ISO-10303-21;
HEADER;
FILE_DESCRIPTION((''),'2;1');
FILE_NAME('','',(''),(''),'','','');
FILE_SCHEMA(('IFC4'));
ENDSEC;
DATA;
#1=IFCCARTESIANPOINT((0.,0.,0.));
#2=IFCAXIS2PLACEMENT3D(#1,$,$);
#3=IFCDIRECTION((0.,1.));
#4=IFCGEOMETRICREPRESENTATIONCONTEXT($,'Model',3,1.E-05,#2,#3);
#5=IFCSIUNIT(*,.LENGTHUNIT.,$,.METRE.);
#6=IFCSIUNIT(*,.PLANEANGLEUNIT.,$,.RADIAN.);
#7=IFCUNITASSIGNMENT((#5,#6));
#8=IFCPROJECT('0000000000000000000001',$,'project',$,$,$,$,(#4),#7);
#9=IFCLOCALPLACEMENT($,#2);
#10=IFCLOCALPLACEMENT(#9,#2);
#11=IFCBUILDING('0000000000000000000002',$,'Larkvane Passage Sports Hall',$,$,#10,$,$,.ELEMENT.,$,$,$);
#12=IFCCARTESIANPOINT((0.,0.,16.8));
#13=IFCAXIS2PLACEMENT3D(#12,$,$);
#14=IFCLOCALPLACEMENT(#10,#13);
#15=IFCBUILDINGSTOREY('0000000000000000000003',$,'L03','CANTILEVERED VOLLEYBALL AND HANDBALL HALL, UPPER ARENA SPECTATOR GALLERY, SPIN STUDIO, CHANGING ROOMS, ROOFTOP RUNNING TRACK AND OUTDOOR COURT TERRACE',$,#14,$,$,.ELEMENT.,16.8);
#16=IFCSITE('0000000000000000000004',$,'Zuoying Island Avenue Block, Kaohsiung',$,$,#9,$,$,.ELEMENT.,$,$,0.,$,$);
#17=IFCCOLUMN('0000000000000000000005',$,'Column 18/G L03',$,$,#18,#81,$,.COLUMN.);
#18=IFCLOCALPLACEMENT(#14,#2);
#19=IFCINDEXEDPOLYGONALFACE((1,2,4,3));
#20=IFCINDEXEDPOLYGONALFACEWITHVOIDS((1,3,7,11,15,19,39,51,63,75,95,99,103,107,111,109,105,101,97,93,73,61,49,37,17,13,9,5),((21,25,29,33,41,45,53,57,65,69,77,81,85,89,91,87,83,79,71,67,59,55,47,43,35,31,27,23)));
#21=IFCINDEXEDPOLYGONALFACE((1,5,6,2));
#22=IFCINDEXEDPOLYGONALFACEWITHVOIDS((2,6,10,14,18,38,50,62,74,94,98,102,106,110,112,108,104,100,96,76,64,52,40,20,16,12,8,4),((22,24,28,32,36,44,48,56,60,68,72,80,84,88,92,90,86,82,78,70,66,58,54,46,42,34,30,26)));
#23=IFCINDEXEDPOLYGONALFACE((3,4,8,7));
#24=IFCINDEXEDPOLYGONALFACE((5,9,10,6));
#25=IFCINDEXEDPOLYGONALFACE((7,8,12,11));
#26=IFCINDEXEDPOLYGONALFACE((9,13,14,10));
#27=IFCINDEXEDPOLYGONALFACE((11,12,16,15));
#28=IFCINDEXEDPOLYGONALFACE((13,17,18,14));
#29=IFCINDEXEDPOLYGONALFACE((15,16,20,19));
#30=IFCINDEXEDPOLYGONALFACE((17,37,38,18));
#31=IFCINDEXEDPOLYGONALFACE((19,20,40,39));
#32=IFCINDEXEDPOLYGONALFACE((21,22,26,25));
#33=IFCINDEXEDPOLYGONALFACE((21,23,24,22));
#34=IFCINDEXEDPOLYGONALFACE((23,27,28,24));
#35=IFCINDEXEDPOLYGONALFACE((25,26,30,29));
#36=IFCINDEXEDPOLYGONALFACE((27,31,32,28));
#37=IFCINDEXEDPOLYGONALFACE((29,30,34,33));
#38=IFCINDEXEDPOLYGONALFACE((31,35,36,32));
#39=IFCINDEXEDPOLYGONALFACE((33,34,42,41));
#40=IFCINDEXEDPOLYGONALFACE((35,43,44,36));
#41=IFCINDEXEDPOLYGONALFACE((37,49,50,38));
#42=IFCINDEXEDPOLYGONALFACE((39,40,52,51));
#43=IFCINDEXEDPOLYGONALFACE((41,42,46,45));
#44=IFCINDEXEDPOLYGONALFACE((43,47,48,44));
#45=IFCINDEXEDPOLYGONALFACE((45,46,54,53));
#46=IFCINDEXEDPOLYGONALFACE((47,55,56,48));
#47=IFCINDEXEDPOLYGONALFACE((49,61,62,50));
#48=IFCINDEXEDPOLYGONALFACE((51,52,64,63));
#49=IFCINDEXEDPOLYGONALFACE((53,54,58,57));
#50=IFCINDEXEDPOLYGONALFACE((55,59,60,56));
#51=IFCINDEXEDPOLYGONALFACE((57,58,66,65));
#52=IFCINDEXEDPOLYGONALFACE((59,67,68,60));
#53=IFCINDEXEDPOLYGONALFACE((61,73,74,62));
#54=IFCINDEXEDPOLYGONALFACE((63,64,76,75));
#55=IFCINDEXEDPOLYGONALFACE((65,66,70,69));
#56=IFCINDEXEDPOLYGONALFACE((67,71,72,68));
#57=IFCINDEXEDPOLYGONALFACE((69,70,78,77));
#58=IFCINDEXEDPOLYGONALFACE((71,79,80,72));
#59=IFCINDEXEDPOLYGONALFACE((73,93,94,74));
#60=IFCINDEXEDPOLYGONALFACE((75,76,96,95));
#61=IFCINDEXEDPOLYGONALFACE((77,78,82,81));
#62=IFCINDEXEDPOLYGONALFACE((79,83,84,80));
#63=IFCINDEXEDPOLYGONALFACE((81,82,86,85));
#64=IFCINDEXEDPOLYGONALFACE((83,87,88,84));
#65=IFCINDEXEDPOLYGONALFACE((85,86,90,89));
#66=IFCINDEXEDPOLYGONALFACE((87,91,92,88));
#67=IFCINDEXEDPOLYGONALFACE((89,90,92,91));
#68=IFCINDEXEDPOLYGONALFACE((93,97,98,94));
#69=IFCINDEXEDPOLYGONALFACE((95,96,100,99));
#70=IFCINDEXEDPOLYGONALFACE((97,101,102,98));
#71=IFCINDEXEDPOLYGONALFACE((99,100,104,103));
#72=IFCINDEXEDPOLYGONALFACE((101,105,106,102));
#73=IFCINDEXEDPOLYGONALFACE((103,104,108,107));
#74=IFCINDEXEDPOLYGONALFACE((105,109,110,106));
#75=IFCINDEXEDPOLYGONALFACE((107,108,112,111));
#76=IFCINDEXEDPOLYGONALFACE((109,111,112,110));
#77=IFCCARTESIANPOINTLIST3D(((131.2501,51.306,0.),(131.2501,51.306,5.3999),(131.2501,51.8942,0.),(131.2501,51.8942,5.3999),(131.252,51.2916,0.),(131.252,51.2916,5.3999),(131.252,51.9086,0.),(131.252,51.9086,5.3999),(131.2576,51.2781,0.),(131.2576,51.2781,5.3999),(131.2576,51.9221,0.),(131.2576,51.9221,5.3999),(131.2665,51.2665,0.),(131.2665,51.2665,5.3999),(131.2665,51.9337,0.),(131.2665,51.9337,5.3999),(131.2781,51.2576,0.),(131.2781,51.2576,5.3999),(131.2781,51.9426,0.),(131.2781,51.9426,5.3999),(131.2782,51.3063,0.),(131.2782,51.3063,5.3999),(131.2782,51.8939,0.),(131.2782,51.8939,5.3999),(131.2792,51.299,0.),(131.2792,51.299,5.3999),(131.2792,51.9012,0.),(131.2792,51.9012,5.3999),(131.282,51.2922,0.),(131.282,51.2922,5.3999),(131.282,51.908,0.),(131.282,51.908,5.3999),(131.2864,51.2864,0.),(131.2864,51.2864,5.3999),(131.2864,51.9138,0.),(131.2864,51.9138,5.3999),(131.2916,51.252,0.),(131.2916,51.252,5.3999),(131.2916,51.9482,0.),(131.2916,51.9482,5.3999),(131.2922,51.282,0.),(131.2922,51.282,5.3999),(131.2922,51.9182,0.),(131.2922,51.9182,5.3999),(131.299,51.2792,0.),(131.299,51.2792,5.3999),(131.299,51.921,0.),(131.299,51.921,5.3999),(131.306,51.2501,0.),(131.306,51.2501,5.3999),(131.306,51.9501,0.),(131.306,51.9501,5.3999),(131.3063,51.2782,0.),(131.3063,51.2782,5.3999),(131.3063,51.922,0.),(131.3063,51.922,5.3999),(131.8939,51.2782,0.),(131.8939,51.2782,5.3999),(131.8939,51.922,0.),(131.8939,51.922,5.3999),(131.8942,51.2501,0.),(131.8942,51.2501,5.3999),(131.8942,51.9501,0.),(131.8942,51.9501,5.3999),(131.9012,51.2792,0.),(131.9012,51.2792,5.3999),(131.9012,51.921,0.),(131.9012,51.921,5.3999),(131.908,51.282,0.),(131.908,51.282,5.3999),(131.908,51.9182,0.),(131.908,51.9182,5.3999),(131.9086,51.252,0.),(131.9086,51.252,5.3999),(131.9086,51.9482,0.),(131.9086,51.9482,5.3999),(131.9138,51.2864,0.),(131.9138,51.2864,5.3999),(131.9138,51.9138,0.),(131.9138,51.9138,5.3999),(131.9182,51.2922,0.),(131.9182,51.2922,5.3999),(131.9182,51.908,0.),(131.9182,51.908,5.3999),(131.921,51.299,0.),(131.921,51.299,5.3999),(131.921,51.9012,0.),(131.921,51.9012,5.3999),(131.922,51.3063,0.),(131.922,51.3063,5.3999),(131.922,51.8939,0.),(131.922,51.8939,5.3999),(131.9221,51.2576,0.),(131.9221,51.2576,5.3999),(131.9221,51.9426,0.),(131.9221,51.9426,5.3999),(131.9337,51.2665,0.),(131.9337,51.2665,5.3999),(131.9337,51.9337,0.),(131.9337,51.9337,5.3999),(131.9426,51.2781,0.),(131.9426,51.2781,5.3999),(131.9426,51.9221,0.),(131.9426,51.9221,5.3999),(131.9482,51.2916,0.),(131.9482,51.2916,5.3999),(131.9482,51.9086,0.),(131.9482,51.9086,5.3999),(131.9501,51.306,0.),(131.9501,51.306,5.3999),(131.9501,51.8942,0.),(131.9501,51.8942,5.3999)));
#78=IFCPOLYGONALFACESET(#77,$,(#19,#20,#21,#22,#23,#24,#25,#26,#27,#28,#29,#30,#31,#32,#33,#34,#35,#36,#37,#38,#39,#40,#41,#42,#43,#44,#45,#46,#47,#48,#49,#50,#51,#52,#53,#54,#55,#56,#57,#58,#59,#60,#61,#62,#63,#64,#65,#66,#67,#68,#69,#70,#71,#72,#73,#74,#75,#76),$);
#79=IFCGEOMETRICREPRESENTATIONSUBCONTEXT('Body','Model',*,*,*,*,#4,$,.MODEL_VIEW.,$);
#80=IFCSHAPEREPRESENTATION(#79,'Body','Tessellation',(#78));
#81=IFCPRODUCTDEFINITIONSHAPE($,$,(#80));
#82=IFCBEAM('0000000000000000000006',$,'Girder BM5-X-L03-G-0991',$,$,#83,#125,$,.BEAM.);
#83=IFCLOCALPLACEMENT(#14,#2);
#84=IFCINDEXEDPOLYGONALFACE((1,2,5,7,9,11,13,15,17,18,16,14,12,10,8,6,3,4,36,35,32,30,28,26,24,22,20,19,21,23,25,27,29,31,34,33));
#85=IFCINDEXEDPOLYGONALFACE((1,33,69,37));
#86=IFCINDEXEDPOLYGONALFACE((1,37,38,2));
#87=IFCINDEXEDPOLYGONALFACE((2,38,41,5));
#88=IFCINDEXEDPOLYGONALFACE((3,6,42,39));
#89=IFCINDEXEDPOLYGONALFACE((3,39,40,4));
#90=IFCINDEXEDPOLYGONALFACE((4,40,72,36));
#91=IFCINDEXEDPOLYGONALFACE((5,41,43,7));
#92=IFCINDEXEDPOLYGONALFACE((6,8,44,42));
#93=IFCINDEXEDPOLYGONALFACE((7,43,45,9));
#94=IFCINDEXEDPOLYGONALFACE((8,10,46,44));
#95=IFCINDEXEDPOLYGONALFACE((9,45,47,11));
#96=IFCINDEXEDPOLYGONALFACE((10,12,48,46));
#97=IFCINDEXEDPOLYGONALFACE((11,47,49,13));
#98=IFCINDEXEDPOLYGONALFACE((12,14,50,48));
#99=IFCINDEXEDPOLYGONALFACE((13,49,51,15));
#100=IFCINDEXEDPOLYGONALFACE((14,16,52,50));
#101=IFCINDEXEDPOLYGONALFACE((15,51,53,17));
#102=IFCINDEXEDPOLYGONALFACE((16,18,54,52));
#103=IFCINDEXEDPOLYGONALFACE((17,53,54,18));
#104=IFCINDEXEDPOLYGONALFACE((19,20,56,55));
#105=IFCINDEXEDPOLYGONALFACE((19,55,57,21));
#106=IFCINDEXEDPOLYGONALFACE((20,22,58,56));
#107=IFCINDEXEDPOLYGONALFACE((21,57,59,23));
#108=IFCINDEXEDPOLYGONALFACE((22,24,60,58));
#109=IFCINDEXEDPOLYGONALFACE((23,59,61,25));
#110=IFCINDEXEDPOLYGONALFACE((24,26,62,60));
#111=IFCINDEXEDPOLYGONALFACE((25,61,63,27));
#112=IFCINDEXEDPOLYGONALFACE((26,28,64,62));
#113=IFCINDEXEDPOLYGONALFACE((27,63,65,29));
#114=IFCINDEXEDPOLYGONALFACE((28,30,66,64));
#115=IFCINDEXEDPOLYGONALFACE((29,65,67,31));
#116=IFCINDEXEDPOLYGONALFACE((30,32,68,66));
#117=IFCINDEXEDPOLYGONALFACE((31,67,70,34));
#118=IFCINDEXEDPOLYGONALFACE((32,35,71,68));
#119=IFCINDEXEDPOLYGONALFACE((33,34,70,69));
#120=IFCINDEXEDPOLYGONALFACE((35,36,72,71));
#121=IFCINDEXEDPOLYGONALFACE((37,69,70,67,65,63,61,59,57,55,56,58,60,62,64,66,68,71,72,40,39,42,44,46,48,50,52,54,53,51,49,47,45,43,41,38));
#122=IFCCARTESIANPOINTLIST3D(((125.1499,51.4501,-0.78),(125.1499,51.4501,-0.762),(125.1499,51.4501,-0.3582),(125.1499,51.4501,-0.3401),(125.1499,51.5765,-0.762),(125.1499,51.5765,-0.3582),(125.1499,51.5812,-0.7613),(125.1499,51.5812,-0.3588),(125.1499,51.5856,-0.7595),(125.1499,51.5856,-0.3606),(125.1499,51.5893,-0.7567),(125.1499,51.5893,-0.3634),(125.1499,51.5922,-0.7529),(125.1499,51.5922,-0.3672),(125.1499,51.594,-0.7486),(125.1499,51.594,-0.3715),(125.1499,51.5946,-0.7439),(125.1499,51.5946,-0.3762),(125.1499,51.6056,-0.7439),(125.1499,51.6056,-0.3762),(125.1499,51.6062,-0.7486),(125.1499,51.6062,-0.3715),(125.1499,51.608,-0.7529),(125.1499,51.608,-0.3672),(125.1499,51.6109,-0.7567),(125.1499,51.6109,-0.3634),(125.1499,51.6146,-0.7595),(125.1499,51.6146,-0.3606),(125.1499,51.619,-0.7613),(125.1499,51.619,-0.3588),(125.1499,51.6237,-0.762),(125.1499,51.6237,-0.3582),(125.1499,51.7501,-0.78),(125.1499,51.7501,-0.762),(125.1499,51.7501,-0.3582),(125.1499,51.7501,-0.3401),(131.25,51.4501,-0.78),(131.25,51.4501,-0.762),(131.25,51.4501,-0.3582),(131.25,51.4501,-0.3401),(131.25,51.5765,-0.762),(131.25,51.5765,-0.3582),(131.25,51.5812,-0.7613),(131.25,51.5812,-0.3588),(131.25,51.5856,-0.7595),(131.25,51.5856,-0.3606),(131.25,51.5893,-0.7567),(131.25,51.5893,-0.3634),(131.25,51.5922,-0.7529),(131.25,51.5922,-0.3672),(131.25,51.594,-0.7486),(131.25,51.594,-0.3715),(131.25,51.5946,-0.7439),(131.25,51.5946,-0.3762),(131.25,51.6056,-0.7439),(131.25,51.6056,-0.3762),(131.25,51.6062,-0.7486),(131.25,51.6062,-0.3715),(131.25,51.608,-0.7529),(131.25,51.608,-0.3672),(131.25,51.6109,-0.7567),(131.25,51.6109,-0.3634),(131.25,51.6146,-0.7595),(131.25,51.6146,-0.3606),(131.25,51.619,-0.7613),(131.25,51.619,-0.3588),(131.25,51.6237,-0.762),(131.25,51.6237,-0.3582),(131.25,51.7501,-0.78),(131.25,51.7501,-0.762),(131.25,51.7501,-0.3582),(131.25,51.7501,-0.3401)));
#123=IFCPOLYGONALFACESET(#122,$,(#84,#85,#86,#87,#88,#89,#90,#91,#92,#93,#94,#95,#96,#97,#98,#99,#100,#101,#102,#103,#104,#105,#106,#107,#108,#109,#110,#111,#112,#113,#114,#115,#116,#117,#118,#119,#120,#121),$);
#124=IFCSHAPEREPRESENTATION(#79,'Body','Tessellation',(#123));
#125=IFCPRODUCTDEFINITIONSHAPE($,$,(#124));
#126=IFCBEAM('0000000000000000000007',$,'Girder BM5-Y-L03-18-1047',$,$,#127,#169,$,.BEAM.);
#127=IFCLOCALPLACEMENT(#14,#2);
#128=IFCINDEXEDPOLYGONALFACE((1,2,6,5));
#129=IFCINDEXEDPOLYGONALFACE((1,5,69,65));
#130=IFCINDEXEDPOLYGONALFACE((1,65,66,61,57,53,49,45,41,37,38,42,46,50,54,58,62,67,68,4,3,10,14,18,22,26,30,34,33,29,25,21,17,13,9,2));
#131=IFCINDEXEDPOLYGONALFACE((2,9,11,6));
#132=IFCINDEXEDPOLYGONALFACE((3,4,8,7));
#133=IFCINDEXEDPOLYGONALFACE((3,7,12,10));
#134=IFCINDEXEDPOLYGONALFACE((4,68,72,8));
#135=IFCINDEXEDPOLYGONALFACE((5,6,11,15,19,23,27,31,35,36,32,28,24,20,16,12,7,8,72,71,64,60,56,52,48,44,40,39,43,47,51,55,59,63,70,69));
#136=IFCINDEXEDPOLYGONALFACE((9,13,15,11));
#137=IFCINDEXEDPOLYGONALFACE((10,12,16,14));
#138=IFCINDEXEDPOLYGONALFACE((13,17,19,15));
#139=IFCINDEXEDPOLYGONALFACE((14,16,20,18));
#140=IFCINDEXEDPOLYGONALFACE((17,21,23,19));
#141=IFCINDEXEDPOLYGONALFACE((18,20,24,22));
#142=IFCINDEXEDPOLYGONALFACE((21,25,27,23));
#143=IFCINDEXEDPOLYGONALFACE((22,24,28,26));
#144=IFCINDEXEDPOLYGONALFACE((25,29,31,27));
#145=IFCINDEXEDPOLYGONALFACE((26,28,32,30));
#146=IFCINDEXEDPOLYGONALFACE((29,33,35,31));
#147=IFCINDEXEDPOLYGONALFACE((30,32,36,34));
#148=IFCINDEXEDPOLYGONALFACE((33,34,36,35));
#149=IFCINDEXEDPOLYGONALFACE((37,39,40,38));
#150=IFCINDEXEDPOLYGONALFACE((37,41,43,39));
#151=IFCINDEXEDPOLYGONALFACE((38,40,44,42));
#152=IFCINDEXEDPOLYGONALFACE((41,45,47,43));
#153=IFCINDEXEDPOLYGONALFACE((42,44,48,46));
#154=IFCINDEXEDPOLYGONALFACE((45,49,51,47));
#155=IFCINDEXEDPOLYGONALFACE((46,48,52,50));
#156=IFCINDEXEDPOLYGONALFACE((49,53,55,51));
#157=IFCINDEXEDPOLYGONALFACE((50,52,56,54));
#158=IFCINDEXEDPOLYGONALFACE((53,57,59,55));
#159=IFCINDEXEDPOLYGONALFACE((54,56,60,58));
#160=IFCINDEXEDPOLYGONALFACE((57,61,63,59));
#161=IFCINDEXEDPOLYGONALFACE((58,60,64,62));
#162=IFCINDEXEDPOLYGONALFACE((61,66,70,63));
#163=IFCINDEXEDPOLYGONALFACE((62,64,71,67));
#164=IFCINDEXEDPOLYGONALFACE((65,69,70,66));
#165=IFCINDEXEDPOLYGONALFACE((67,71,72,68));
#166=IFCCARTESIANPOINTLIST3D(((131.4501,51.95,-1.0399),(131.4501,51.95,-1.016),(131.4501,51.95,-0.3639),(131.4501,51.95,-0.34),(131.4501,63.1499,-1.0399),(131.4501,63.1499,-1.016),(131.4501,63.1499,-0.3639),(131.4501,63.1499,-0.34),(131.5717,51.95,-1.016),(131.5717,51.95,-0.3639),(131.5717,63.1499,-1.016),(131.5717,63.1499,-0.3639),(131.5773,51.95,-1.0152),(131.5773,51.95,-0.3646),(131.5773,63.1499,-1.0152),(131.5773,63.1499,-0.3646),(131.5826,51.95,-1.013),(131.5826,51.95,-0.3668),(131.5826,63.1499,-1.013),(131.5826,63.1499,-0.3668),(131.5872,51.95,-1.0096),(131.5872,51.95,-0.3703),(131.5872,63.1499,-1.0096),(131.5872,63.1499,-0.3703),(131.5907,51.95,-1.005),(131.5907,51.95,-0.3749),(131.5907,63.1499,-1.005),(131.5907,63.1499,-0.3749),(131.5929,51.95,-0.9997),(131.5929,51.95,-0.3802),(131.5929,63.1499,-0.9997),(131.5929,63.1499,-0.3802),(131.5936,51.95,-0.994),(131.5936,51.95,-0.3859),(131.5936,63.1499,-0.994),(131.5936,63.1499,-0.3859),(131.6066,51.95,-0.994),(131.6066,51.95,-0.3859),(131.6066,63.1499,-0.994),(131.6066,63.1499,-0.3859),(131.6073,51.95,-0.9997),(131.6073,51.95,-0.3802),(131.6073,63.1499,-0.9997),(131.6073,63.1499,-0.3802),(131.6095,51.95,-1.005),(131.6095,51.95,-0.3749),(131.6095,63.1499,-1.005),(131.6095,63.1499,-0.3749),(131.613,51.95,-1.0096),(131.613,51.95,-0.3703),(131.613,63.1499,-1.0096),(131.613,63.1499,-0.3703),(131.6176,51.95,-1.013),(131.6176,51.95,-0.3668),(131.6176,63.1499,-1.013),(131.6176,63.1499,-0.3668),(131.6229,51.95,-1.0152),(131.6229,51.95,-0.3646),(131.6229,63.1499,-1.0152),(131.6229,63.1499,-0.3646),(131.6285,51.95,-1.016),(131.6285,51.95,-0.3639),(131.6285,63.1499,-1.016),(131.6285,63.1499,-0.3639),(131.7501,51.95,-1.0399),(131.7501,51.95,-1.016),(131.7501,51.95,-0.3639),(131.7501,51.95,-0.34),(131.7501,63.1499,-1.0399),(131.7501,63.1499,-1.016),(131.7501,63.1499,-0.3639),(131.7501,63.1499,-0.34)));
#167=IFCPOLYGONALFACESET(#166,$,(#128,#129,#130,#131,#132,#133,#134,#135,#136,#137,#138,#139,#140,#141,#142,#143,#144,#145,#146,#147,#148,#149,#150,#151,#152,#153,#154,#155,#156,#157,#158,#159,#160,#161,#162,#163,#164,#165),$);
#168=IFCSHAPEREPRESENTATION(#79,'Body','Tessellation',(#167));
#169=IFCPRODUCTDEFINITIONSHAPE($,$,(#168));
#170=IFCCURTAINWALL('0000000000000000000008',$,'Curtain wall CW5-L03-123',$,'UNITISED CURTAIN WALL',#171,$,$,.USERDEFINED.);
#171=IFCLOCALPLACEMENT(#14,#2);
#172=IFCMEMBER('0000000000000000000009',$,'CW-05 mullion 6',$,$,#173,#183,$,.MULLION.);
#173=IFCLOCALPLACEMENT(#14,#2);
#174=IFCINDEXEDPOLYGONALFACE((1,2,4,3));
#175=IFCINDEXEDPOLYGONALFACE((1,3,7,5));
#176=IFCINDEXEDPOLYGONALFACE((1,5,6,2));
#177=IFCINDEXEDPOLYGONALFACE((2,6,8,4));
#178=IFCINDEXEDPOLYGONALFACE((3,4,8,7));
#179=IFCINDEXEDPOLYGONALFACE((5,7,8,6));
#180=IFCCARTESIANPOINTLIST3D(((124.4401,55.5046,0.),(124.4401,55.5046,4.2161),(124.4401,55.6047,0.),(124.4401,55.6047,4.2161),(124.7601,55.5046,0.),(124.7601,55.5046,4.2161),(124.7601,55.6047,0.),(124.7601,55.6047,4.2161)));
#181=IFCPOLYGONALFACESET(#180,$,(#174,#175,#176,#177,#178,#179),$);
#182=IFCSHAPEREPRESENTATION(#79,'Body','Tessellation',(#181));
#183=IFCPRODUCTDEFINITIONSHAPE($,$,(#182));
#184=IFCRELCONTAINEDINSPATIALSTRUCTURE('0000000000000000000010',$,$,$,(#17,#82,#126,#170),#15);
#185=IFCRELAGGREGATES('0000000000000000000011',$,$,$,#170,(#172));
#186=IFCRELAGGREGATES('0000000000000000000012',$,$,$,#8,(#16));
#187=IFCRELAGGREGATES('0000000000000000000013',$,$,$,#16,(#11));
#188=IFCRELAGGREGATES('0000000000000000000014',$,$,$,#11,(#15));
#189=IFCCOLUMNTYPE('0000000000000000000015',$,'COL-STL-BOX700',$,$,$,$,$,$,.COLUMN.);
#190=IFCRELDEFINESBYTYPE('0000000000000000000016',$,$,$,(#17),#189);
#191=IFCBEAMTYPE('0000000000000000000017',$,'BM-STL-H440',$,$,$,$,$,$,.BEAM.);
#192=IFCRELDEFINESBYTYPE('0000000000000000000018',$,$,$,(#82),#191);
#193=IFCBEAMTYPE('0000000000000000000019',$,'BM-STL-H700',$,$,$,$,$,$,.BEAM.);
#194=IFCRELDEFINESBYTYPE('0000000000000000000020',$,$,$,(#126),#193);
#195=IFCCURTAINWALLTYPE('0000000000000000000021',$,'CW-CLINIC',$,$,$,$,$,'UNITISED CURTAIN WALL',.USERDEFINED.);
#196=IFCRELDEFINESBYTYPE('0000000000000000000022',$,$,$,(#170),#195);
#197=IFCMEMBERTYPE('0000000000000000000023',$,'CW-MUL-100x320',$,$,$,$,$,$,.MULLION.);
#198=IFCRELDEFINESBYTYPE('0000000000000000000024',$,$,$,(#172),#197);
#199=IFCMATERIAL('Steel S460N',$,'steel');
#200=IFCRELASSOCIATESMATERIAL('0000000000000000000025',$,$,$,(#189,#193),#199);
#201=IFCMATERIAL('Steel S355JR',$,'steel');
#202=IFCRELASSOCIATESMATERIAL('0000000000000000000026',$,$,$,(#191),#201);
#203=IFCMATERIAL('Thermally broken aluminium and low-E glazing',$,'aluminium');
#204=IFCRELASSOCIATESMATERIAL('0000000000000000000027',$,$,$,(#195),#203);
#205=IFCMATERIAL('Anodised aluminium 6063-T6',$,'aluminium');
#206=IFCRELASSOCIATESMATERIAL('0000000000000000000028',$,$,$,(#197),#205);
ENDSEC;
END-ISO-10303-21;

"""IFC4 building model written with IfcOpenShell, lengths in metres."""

from ifc_helpers import new_model, si_unit, direction, frame, origin, origin_2d, place, context, subcontext, project, spatial, rectangle, hollow_rectangle, i_section, extrude, material, material_profile, profile_set, type_object, element, aggregate, save


model = new_model("IFC4")

# Units and contexts
model_context = context("Model", 3, precision=1e-05, world=origin(), true_north=direction((0.0, 1.0)))
body_context = subcontext(model_context, "Body", "Model", "MODEL_VIEW")
ifc_project = project(units=[si_unit("LENGTHUNIT", "METRE"), si_unit("PLANEANGLEUNIT", "RADIAN")], contexts=[model_context])

# Site, building, storey
site_placement = place(None, origin())
site = spatial("IfcSite", under=ifc_project, at=site_placement, Name="Zuoying Island Avenue Block, Kaohsiung", CompositionType="ELEMENT", RefElevation=0.0)
building_placement = place(site_placement, origin())
building = spatial("IfcBuilding", under=site, at=building_placement, Name="Larkvane Passage Sports Hall", CompositionType="ELEMENT")
storey_placement = place(building_placement, frame((0.0, 0.0, 16.8)))
storey = spatial("IfcBuildingStorey", under=building, at=storey_placement, Name="L03", Description="CANTILEVERED VOLLEYBALL AND HANDBALL HALL, UPPER ARENA SPECTATOR GALLERY, SPIN STUDIO, CHANGING ROOMS, ROOFTOP RUNNING TRACK AND OUTDOOR COURT TERRACE", CompositionType="ELEMENT", Elevation=16.8)

# Column
ifc_material_1 = material(Name="Steel S460N", Category="steel")
ifc_material_profile_1 = material_profile(ifc_material_1, hollow_rectangle(XDim=0.7, YDim=0.7, WallThickness=0.0281, InnerFilletRadius=0.0281, OuterFilletRadius=0.0559, at=origin_2d()), Name="BOX-700x700x28")
ifc_profile_set_1 = profile_set([ifc_material_profile_1], Name="Steel S460N")
column_type = type_object("IfcColumnType", Name="COL-STL-BOX700", PredefinedType="COLUMN", material=ifc_profile_set_1)
column_placement = place(storey_placement, frame((131.6001, 51.6001, 0.0), z_axis=(0.0, 0.0, 1.0), x_axis=(1.0, 0.0, 0.0)))
element("IfcColumn", 1, at=column_placement, inside=storey, type_object=column_type, Name="Column 18/G L03", PredefinedType="COLUMN", context=body_context, shape_type="SweptSolid", body=[
    extrude(hollow_rectangle(XDim=0.7, YDim=0.7, WallThickness=0.0281, InnerFilletRadius=0.0281, OuterFilletRadius=0.0559, at=origin_2d()), origin(), (0.0, 0.0, 1.0), 5.3999),
])

# Beams
ifc_material_2 = material(Name="Steel S355JR", Category="steel")
ifc_material_profile_2 = material_profile(ifc_material_2, i_section(OverallWidth=0.3, OverallDepth=0.4399, WebThickness=0.011, FlangeThickness=0.0181, FilletRadius=0.0181, at=origin_2d()), Name="H-440x300x11x18")
ifc_profile_set_2 = profile_set([ifc_material_profile_2], Name="Steel S355JR")
beam_type_1 = type_object("IfcBeamType", Name="BM-STL-H440", PredefinedType="BEAM", material=ifc_profile_set_2)
beam_1_placement = place(storey_placement, frame((125.1499, 51.6001, -0.5601), z_axis=(1.0, 0.0, 0.0), x_axis=(0.0, 1.0, 0.0)))
element("IfcBeam", 2, at=beam_1_placement, inside=storey, type_object=beam_type_1, Name="Girder BM5-X-L03-G-0991", PredefinedType="BEAM", context=body_context, shape_type="SweptSolid", body=[
    extrude(i_section(OverallWidth=0.3, OverallDepth=0.4399, WebThickness=0.011, FlangeThickness=0.0181, FilletRadius=0.0181, at=origin_2d()), origin(), (0.0, 0.0, 1.0), 6.1001),
])
ifc_material_profile_3 = material_profile(ifc_material_1, i_section(OverallWidth=0.3, OverallDepth=0.7, WebThickness=0.0129, FlangeThickness=0.0239, FilletRadius=0.022, at=origin_2d()), Name="H-700x300x13x24")
ifc_profile_set_3 = profile_set([ifc_material_profile_3], Name="Steel S460N")
beam_type_2 = type_object("IfcBeamType", Name="BM-STL-H700", PredefinedType="BEAM", material=ifc_profile_set_3)
beam_2_placement = place(storey_placement, frame((131.6001, 51.95, -0.6899), z_axis=(0.0, 1.0, 0.0), x_axis=(-1.0, 0.0, 0.0)))
element("IfcBeam", 3, at=beam_2_placement, inside=storey, type_object=beam_type_2, Name="Girder BM5-Y-L03-18-1047", PredefinedType="BEAM", context=body_context, shape_type="SweptSolid", body=[
    extrude(i_section(OverallWidth=0.3, OverallDepth=0.7, WebThickness=0.0129, FlangeThickness=0.0239, FilletRadius=0.022, at=origin_2d()), origin(), (0.0, 0.0, 1.0), 11.2),
])

# Curtain wall, member
ifc_material_3 = material(Name="Thermally broken aluminium and low-E glazing", Category="aluminium")
curtain_wall_type = type_object("IfcCurtainWallType", Name="CW-CLINIC", ElementType="UNITISED CURTAIN WALL", PredefinedType="USERDEFINED", material=ifc_material_3)
curtain_wall_placement = place(storey_placement, origin())
curtain_wall = element("IfcCurtainWall", 4, at=curtain_wall_placement, inside=storey, type_object=curtain_wall_type, Name="Curtain wall CW5-L03-123", ObjectType="UNITISED CURTAIN WALL", PredefinedType="USERDEFINED")
ifc_material_4 = material(Name="Anodised aluminium 6063-T6", Category="aluminium")
ifc_material_profile_4 = material_profile(ifc_material_4, rectangle(XDim=0.1001, YDim=0.3201, at=origin_2d()), Name="ALU-MUL-100x320")
ifc_profile_set_4 = profile_set([ifc_material_profile_4], Name="Anodised aluminium 6063-T6")
member_type_1 = type_object("IfcMemberType", Name="CW-MUL-100x320", PredefinedType="MULLION", material=ifc_profile_set_4)
member_1_placement = place(storey_placement, frame((124.6001, 55.5547, 0.0), z_axis=(0.0, 0.0, 1.0), x_axis=(0.0, 1.0, 0.0)))
member_1 = element("IfcMember", 5, at=member_1_placement, type_object=member_type_1, Name="CW-05 mullion 6", PredefinedType="MULLION", context=body_context, shape_type="SweptSolid", body=[
    extrude(rectangle(XDim=0.1001, YDim=0.3201, at=origin_2d()), origin(), (0.0, 0.0, 1.0), 4.2161),
])

aggregate(curtain_wall, [member_1])

save(model, "model.ifc")
